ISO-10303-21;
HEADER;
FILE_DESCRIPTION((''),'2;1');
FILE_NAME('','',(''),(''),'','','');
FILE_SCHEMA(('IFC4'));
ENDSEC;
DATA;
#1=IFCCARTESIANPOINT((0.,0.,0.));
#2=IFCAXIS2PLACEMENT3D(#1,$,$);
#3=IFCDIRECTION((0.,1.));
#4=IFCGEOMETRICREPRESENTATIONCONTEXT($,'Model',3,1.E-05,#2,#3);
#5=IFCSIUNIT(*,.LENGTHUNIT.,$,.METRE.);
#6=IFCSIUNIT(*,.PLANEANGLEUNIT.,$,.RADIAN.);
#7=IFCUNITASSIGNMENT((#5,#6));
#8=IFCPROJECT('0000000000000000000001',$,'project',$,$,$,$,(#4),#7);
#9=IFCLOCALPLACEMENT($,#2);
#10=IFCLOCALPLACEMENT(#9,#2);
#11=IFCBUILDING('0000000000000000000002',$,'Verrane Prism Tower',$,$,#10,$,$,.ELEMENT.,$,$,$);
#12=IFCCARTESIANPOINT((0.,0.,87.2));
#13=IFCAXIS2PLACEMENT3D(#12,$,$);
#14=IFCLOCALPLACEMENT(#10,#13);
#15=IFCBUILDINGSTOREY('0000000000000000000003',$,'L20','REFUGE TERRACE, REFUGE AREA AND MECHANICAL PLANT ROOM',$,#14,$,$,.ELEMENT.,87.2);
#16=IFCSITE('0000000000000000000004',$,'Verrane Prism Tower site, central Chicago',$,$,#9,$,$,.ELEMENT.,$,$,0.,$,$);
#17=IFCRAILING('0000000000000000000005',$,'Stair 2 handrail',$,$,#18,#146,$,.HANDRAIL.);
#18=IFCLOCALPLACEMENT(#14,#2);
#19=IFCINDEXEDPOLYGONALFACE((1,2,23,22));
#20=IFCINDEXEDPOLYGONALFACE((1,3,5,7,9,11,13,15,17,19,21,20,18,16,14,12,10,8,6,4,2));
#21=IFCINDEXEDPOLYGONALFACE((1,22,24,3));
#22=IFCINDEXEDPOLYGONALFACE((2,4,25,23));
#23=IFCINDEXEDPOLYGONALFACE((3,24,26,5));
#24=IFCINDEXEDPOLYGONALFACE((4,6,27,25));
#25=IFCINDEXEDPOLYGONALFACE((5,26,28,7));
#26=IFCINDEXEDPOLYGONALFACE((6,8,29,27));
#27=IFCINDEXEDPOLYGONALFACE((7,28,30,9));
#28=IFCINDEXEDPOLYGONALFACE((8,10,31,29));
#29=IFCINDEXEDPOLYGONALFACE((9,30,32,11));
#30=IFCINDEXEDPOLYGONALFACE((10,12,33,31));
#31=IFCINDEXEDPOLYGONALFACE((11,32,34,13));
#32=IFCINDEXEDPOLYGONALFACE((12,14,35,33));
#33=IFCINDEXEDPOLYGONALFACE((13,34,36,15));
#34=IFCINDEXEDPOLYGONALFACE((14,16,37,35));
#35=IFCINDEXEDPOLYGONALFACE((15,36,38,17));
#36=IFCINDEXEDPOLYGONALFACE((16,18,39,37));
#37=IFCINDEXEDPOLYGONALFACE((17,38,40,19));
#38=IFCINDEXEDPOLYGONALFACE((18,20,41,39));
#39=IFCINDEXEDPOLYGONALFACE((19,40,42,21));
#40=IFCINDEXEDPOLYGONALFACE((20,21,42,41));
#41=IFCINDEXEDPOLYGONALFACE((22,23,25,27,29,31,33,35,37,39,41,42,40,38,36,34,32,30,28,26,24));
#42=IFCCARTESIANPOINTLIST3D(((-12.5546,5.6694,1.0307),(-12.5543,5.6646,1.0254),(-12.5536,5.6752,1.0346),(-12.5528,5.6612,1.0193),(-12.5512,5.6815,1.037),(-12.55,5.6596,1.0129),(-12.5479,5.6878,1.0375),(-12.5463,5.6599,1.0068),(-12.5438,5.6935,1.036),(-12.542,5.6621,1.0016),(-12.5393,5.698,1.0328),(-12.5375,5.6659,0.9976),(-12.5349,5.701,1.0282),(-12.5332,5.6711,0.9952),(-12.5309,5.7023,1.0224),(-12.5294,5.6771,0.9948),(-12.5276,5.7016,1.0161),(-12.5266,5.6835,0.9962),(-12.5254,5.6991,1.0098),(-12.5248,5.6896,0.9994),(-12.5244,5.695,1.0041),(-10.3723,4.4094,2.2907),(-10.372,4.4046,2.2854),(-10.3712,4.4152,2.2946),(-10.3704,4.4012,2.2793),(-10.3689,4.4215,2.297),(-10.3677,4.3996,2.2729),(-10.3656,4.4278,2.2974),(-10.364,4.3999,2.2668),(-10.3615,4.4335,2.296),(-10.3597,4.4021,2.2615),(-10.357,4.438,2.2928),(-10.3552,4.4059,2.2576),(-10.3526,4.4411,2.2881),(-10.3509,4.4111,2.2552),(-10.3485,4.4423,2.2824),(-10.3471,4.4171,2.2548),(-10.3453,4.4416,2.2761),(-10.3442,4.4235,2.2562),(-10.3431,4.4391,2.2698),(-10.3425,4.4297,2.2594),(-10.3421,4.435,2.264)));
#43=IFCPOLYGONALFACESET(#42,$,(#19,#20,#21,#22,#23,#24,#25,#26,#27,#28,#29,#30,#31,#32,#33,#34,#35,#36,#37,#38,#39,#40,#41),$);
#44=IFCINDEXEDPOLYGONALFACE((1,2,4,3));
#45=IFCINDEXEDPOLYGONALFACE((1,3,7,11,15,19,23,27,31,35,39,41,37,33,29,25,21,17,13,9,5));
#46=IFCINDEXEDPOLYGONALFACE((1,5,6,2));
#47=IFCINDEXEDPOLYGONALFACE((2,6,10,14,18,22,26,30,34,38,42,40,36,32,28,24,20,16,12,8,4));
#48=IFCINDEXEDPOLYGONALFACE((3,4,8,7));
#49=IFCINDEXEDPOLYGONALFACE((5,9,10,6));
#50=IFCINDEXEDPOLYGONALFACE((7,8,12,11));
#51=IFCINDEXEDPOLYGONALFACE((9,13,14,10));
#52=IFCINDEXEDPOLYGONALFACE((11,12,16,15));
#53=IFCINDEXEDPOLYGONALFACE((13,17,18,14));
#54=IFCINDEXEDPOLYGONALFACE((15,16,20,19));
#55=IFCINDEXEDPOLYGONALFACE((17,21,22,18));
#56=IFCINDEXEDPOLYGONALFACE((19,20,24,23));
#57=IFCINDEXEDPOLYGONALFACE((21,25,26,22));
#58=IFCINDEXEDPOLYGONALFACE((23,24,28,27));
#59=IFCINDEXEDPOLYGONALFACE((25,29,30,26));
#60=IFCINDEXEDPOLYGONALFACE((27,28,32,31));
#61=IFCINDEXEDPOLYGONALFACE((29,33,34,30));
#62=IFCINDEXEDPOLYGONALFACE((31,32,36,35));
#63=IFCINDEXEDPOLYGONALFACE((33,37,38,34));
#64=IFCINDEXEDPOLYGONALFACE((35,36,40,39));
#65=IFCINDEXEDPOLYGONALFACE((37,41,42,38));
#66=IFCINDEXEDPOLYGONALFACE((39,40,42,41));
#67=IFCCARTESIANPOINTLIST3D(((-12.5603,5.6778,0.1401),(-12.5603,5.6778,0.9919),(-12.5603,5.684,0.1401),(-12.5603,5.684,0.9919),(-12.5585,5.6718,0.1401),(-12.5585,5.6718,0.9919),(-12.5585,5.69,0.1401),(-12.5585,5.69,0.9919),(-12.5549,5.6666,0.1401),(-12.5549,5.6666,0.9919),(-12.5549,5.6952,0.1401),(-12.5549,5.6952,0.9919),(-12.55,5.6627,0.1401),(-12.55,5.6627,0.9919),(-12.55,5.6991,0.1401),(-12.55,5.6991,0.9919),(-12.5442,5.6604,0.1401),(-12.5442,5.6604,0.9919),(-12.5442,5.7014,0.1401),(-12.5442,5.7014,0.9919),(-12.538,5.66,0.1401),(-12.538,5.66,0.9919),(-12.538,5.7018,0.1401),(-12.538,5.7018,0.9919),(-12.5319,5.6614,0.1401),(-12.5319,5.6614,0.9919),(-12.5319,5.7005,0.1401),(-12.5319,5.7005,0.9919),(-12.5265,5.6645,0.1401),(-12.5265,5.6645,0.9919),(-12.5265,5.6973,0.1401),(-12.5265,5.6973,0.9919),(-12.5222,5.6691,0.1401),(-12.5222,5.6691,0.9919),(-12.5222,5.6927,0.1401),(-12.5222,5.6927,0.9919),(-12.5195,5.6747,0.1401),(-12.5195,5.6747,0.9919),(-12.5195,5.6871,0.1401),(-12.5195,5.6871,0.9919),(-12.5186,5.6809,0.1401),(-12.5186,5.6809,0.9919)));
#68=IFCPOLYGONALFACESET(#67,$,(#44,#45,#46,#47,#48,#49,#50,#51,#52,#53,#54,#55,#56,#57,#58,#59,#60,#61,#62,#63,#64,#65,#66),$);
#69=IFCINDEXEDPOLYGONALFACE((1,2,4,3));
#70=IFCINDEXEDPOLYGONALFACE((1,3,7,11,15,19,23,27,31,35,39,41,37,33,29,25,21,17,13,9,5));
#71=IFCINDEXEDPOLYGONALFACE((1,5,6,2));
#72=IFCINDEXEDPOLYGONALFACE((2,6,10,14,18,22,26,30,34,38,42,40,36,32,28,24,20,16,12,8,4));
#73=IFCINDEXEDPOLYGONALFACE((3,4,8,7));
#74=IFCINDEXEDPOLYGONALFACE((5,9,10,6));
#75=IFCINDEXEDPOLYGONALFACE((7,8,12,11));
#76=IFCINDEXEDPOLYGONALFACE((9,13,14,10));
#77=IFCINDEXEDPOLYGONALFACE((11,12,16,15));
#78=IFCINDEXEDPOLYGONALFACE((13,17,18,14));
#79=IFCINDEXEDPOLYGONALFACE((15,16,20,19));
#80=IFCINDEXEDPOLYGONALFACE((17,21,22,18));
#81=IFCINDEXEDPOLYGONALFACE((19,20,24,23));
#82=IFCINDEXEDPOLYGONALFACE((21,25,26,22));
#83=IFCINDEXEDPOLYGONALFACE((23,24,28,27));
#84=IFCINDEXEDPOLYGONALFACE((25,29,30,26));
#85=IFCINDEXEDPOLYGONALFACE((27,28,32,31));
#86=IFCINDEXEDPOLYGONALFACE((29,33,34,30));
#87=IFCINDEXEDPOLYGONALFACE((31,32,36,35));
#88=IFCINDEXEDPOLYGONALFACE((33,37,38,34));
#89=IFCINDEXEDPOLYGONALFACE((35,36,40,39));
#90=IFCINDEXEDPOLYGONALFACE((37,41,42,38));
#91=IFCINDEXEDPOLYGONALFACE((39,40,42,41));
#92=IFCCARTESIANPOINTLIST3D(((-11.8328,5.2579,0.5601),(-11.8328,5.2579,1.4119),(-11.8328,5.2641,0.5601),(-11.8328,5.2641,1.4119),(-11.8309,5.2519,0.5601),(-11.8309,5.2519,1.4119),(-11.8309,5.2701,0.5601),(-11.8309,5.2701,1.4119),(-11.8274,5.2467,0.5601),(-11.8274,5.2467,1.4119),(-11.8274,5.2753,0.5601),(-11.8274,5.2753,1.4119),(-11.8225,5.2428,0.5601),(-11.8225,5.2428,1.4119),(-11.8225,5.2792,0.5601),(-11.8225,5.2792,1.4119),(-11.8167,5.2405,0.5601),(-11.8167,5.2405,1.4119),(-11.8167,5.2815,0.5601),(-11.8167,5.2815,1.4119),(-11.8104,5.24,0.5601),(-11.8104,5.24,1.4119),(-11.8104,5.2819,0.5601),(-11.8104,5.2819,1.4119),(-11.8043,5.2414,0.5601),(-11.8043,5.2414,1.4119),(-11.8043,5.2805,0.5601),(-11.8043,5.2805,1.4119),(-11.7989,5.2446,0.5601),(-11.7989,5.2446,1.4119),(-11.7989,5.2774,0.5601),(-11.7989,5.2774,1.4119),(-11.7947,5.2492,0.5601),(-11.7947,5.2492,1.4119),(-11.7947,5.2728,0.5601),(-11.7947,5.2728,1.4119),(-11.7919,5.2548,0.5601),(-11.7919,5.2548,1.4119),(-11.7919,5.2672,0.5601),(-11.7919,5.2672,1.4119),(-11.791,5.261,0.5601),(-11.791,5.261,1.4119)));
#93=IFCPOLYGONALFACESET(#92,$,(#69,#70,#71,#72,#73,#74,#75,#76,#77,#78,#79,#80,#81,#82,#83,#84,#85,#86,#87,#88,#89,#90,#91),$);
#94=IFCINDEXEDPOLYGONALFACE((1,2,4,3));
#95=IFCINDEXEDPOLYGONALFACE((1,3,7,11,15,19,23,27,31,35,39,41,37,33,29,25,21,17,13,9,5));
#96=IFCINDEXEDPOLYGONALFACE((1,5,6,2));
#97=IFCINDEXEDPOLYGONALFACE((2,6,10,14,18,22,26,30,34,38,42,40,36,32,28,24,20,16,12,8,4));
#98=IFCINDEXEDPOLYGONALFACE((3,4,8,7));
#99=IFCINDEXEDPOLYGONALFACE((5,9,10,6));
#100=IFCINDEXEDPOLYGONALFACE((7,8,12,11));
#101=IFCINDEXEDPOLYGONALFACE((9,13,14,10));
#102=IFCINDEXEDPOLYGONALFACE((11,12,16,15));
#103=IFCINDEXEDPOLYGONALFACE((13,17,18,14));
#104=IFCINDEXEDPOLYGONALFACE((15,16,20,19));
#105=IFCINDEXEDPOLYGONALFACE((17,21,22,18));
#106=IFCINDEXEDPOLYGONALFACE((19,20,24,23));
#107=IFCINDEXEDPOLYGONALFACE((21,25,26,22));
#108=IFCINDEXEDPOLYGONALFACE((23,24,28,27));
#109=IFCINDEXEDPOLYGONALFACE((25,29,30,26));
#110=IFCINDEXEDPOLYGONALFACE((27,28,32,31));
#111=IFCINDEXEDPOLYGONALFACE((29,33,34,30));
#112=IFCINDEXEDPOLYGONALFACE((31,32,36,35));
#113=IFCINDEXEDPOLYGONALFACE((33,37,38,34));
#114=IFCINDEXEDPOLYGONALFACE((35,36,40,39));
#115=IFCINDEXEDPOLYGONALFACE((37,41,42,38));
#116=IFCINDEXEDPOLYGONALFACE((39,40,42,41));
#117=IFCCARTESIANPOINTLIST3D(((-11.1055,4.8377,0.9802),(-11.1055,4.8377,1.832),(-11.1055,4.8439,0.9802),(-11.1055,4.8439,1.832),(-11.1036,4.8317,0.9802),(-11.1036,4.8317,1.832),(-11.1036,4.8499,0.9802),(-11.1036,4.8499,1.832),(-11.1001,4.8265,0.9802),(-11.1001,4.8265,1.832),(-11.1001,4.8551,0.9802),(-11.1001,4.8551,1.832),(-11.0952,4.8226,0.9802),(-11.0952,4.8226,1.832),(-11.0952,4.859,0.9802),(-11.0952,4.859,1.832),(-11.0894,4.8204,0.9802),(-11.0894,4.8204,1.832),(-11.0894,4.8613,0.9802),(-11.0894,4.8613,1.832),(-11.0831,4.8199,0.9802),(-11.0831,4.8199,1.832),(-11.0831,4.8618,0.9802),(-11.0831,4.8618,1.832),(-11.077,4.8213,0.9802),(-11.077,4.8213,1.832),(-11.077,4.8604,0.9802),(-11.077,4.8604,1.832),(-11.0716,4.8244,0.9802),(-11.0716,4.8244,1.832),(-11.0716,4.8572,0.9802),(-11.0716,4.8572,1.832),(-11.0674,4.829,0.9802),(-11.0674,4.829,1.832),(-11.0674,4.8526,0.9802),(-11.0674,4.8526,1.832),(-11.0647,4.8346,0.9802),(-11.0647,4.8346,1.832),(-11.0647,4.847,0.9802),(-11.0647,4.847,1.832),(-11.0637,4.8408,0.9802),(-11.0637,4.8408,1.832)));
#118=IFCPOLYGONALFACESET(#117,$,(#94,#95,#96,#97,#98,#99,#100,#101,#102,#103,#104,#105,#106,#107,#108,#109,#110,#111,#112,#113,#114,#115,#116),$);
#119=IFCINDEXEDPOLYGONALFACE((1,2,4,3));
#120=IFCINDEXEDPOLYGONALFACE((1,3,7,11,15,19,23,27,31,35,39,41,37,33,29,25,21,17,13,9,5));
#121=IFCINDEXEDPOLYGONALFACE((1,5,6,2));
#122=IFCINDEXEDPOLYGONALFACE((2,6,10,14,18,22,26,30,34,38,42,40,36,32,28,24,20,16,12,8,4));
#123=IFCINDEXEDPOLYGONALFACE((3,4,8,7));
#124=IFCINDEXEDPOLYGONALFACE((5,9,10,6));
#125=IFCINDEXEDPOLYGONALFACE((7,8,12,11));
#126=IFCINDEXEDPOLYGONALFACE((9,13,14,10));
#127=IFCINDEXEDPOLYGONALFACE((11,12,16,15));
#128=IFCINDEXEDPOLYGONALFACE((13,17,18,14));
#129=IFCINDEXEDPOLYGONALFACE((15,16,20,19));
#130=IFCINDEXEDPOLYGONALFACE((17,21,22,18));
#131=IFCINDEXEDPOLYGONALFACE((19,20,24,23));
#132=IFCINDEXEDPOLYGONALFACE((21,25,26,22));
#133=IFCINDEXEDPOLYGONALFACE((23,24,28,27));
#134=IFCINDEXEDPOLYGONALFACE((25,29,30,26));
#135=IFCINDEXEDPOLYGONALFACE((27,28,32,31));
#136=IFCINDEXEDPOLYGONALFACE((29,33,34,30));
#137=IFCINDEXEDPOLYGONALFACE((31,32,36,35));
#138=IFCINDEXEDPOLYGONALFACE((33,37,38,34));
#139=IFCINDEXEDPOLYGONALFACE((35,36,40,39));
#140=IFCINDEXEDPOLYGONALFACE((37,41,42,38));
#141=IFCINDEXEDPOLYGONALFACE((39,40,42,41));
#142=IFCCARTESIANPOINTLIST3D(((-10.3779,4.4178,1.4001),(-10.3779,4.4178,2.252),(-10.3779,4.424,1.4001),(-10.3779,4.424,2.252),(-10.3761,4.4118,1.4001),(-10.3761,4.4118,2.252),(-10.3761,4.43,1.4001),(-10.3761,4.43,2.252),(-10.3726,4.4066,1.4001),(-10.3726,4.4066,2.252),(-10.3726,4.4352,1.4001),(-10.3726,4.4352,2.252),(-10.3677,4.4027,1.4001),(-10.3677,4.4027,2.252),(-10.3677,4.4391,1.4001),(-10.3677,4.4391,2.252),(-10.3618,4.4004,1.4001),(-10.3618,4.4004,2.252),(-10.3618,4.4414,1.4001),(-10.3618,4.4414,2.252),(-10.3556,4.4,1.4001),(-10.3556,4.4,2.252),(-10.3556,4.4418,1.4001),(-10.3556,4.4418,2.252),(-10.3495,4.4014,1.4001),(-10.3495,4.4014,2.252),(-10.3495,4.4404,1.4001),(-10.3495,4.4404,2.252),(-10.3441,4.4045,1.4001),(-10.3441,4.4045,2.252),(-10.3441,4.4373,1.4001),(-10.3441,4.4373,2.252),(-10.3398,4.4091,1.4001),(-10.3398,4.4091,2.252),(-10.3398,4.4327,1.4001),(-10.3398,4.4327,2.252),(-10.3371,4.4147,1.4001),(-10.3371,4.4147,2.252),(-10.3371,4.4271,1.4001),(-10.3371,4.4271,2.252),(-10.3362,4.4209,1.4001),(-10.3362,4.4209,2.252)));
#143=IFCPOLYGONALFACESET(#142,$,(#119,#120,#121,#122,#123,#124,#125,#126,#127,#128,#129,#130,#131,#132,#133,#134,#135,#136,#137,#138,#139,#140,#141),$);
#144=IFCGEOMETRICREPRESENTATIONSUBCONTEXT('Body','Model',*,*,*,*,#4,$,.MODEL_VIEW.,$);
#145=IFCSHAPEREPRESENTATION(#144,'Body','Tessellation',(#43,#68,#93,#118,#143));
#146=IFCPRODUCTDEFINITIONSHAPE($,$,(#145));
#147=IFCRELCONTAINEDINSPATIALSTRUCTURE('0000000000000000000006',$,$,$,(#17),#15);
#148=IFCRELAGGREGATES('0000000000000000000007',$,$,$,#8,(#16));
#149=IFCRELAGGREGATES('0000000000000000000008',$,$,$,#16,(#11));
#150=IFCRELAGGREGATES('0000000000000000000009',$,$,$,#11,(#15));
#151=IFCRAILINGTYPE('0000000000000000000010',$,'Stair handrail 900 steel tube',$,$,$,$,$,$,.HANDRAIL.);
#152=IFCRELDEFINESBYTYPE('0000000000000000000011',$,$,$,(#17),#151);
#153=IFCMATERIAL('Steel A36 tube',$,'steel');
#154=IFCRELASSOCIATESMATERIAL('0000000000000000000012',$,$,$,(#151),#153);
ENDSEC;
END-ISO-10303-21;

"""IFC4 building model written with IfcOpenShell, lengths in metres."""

from ifc_helpers import new_model, si_unit, direction, frame, origin, origin_2d, place, context, subcontext, project, spatial, circle, extrude, material, type_object, element, save


model = new_model("IFC4")

# Units and contexts
model_context = context("Model", 3, precision=1e-05, world=origin(), true_north=direction((0.0, 1.0)))
body_context = subcontext(model_context, "Body", "Model", "MODEL_VIEW")
ifc_project = project(units=[si_unit("LENGTHUNIT", "METRE"), si_unit("PLANEANGLEUNIT", "RADIAN")], contexts=[model_context])

# Site, building, storey
site_placement = place(None, origin())
site = spatial("IfcSite", under=ifc_project, at=site_placement, Name="Verrane Prism Tower site, central Chicago", CompositionType="ELEMENT", RefElevation=0.0)
building_placement = place(site_placement, origin())
building = spatial("IfcBuilding", under=site, at=building_placement, Name="Verrane Prism Tower", CompositionType="ELEMENT")
storey_placement = place(building_placement, frame((0.0, 0.0, 87.2)))
storey = spatial("IfcBuildingStorey", under=building, at=storey_placement, Name="L20", Description="REFUGE TERRACE, REFUGE AREA AND MECHANICAL PLANT ROOM", CompositionType="ELEMENT", Elevation=87.2)

# Railing
ifc_material_1 = material(Name="Steel A36 tube", Category="steel")
railing_type_1 = type_object("IfcRailingType", Name="Stair handrail 900 steel tube", PredefinedType="HANDRAIL", material=ifc_material_1)
for number, where, name in (
    (1, (-12.5396, 5.6809, 0.1401), "Stair 2 handrail"),
):
    element("IfcRailing", number, at=place(storey_placement, frame(where)), inside=storey, type_object=railing_type_1, Name=name, PredefinedType="HANDRAIL", context=body_context, shape_type="SweptSolid", body=[
        extrude(circle(Radius=0.0239, at=origin_2d()), frame((0.0, 0.0, 0.876), z_axis=(0.774593, -0.447217, 0.447217), x_axis=(0.500005, 0.866023, 0.0)), (0.0, 0.0, 1.0), 2.8174),
        extrude(circle(Radius=0.021, at=origin_2d()), origin(), (0.0, 0.0, 1.0), 0.8518),
        extrude(circle(Radius=0.021, at=origin_2d()), frame((0.7275, -0.4199, 0.4199)), (0.0, 0.0, 1.0), 0.8518),
        extrude(circle(Radius=0.021, at=origin_2d()), frame((1.4548, -0.8401, 0.8401)), (0.0, 0.0, 1.0), 0.8518),
        extrude(circle(Radius=0.021, at=origin_2d()), frame((2.1824, -1.26, 1.26)), (0.0, 0.0, 1.0), 0.8518),
    ])

save(model, "model.ifc")
